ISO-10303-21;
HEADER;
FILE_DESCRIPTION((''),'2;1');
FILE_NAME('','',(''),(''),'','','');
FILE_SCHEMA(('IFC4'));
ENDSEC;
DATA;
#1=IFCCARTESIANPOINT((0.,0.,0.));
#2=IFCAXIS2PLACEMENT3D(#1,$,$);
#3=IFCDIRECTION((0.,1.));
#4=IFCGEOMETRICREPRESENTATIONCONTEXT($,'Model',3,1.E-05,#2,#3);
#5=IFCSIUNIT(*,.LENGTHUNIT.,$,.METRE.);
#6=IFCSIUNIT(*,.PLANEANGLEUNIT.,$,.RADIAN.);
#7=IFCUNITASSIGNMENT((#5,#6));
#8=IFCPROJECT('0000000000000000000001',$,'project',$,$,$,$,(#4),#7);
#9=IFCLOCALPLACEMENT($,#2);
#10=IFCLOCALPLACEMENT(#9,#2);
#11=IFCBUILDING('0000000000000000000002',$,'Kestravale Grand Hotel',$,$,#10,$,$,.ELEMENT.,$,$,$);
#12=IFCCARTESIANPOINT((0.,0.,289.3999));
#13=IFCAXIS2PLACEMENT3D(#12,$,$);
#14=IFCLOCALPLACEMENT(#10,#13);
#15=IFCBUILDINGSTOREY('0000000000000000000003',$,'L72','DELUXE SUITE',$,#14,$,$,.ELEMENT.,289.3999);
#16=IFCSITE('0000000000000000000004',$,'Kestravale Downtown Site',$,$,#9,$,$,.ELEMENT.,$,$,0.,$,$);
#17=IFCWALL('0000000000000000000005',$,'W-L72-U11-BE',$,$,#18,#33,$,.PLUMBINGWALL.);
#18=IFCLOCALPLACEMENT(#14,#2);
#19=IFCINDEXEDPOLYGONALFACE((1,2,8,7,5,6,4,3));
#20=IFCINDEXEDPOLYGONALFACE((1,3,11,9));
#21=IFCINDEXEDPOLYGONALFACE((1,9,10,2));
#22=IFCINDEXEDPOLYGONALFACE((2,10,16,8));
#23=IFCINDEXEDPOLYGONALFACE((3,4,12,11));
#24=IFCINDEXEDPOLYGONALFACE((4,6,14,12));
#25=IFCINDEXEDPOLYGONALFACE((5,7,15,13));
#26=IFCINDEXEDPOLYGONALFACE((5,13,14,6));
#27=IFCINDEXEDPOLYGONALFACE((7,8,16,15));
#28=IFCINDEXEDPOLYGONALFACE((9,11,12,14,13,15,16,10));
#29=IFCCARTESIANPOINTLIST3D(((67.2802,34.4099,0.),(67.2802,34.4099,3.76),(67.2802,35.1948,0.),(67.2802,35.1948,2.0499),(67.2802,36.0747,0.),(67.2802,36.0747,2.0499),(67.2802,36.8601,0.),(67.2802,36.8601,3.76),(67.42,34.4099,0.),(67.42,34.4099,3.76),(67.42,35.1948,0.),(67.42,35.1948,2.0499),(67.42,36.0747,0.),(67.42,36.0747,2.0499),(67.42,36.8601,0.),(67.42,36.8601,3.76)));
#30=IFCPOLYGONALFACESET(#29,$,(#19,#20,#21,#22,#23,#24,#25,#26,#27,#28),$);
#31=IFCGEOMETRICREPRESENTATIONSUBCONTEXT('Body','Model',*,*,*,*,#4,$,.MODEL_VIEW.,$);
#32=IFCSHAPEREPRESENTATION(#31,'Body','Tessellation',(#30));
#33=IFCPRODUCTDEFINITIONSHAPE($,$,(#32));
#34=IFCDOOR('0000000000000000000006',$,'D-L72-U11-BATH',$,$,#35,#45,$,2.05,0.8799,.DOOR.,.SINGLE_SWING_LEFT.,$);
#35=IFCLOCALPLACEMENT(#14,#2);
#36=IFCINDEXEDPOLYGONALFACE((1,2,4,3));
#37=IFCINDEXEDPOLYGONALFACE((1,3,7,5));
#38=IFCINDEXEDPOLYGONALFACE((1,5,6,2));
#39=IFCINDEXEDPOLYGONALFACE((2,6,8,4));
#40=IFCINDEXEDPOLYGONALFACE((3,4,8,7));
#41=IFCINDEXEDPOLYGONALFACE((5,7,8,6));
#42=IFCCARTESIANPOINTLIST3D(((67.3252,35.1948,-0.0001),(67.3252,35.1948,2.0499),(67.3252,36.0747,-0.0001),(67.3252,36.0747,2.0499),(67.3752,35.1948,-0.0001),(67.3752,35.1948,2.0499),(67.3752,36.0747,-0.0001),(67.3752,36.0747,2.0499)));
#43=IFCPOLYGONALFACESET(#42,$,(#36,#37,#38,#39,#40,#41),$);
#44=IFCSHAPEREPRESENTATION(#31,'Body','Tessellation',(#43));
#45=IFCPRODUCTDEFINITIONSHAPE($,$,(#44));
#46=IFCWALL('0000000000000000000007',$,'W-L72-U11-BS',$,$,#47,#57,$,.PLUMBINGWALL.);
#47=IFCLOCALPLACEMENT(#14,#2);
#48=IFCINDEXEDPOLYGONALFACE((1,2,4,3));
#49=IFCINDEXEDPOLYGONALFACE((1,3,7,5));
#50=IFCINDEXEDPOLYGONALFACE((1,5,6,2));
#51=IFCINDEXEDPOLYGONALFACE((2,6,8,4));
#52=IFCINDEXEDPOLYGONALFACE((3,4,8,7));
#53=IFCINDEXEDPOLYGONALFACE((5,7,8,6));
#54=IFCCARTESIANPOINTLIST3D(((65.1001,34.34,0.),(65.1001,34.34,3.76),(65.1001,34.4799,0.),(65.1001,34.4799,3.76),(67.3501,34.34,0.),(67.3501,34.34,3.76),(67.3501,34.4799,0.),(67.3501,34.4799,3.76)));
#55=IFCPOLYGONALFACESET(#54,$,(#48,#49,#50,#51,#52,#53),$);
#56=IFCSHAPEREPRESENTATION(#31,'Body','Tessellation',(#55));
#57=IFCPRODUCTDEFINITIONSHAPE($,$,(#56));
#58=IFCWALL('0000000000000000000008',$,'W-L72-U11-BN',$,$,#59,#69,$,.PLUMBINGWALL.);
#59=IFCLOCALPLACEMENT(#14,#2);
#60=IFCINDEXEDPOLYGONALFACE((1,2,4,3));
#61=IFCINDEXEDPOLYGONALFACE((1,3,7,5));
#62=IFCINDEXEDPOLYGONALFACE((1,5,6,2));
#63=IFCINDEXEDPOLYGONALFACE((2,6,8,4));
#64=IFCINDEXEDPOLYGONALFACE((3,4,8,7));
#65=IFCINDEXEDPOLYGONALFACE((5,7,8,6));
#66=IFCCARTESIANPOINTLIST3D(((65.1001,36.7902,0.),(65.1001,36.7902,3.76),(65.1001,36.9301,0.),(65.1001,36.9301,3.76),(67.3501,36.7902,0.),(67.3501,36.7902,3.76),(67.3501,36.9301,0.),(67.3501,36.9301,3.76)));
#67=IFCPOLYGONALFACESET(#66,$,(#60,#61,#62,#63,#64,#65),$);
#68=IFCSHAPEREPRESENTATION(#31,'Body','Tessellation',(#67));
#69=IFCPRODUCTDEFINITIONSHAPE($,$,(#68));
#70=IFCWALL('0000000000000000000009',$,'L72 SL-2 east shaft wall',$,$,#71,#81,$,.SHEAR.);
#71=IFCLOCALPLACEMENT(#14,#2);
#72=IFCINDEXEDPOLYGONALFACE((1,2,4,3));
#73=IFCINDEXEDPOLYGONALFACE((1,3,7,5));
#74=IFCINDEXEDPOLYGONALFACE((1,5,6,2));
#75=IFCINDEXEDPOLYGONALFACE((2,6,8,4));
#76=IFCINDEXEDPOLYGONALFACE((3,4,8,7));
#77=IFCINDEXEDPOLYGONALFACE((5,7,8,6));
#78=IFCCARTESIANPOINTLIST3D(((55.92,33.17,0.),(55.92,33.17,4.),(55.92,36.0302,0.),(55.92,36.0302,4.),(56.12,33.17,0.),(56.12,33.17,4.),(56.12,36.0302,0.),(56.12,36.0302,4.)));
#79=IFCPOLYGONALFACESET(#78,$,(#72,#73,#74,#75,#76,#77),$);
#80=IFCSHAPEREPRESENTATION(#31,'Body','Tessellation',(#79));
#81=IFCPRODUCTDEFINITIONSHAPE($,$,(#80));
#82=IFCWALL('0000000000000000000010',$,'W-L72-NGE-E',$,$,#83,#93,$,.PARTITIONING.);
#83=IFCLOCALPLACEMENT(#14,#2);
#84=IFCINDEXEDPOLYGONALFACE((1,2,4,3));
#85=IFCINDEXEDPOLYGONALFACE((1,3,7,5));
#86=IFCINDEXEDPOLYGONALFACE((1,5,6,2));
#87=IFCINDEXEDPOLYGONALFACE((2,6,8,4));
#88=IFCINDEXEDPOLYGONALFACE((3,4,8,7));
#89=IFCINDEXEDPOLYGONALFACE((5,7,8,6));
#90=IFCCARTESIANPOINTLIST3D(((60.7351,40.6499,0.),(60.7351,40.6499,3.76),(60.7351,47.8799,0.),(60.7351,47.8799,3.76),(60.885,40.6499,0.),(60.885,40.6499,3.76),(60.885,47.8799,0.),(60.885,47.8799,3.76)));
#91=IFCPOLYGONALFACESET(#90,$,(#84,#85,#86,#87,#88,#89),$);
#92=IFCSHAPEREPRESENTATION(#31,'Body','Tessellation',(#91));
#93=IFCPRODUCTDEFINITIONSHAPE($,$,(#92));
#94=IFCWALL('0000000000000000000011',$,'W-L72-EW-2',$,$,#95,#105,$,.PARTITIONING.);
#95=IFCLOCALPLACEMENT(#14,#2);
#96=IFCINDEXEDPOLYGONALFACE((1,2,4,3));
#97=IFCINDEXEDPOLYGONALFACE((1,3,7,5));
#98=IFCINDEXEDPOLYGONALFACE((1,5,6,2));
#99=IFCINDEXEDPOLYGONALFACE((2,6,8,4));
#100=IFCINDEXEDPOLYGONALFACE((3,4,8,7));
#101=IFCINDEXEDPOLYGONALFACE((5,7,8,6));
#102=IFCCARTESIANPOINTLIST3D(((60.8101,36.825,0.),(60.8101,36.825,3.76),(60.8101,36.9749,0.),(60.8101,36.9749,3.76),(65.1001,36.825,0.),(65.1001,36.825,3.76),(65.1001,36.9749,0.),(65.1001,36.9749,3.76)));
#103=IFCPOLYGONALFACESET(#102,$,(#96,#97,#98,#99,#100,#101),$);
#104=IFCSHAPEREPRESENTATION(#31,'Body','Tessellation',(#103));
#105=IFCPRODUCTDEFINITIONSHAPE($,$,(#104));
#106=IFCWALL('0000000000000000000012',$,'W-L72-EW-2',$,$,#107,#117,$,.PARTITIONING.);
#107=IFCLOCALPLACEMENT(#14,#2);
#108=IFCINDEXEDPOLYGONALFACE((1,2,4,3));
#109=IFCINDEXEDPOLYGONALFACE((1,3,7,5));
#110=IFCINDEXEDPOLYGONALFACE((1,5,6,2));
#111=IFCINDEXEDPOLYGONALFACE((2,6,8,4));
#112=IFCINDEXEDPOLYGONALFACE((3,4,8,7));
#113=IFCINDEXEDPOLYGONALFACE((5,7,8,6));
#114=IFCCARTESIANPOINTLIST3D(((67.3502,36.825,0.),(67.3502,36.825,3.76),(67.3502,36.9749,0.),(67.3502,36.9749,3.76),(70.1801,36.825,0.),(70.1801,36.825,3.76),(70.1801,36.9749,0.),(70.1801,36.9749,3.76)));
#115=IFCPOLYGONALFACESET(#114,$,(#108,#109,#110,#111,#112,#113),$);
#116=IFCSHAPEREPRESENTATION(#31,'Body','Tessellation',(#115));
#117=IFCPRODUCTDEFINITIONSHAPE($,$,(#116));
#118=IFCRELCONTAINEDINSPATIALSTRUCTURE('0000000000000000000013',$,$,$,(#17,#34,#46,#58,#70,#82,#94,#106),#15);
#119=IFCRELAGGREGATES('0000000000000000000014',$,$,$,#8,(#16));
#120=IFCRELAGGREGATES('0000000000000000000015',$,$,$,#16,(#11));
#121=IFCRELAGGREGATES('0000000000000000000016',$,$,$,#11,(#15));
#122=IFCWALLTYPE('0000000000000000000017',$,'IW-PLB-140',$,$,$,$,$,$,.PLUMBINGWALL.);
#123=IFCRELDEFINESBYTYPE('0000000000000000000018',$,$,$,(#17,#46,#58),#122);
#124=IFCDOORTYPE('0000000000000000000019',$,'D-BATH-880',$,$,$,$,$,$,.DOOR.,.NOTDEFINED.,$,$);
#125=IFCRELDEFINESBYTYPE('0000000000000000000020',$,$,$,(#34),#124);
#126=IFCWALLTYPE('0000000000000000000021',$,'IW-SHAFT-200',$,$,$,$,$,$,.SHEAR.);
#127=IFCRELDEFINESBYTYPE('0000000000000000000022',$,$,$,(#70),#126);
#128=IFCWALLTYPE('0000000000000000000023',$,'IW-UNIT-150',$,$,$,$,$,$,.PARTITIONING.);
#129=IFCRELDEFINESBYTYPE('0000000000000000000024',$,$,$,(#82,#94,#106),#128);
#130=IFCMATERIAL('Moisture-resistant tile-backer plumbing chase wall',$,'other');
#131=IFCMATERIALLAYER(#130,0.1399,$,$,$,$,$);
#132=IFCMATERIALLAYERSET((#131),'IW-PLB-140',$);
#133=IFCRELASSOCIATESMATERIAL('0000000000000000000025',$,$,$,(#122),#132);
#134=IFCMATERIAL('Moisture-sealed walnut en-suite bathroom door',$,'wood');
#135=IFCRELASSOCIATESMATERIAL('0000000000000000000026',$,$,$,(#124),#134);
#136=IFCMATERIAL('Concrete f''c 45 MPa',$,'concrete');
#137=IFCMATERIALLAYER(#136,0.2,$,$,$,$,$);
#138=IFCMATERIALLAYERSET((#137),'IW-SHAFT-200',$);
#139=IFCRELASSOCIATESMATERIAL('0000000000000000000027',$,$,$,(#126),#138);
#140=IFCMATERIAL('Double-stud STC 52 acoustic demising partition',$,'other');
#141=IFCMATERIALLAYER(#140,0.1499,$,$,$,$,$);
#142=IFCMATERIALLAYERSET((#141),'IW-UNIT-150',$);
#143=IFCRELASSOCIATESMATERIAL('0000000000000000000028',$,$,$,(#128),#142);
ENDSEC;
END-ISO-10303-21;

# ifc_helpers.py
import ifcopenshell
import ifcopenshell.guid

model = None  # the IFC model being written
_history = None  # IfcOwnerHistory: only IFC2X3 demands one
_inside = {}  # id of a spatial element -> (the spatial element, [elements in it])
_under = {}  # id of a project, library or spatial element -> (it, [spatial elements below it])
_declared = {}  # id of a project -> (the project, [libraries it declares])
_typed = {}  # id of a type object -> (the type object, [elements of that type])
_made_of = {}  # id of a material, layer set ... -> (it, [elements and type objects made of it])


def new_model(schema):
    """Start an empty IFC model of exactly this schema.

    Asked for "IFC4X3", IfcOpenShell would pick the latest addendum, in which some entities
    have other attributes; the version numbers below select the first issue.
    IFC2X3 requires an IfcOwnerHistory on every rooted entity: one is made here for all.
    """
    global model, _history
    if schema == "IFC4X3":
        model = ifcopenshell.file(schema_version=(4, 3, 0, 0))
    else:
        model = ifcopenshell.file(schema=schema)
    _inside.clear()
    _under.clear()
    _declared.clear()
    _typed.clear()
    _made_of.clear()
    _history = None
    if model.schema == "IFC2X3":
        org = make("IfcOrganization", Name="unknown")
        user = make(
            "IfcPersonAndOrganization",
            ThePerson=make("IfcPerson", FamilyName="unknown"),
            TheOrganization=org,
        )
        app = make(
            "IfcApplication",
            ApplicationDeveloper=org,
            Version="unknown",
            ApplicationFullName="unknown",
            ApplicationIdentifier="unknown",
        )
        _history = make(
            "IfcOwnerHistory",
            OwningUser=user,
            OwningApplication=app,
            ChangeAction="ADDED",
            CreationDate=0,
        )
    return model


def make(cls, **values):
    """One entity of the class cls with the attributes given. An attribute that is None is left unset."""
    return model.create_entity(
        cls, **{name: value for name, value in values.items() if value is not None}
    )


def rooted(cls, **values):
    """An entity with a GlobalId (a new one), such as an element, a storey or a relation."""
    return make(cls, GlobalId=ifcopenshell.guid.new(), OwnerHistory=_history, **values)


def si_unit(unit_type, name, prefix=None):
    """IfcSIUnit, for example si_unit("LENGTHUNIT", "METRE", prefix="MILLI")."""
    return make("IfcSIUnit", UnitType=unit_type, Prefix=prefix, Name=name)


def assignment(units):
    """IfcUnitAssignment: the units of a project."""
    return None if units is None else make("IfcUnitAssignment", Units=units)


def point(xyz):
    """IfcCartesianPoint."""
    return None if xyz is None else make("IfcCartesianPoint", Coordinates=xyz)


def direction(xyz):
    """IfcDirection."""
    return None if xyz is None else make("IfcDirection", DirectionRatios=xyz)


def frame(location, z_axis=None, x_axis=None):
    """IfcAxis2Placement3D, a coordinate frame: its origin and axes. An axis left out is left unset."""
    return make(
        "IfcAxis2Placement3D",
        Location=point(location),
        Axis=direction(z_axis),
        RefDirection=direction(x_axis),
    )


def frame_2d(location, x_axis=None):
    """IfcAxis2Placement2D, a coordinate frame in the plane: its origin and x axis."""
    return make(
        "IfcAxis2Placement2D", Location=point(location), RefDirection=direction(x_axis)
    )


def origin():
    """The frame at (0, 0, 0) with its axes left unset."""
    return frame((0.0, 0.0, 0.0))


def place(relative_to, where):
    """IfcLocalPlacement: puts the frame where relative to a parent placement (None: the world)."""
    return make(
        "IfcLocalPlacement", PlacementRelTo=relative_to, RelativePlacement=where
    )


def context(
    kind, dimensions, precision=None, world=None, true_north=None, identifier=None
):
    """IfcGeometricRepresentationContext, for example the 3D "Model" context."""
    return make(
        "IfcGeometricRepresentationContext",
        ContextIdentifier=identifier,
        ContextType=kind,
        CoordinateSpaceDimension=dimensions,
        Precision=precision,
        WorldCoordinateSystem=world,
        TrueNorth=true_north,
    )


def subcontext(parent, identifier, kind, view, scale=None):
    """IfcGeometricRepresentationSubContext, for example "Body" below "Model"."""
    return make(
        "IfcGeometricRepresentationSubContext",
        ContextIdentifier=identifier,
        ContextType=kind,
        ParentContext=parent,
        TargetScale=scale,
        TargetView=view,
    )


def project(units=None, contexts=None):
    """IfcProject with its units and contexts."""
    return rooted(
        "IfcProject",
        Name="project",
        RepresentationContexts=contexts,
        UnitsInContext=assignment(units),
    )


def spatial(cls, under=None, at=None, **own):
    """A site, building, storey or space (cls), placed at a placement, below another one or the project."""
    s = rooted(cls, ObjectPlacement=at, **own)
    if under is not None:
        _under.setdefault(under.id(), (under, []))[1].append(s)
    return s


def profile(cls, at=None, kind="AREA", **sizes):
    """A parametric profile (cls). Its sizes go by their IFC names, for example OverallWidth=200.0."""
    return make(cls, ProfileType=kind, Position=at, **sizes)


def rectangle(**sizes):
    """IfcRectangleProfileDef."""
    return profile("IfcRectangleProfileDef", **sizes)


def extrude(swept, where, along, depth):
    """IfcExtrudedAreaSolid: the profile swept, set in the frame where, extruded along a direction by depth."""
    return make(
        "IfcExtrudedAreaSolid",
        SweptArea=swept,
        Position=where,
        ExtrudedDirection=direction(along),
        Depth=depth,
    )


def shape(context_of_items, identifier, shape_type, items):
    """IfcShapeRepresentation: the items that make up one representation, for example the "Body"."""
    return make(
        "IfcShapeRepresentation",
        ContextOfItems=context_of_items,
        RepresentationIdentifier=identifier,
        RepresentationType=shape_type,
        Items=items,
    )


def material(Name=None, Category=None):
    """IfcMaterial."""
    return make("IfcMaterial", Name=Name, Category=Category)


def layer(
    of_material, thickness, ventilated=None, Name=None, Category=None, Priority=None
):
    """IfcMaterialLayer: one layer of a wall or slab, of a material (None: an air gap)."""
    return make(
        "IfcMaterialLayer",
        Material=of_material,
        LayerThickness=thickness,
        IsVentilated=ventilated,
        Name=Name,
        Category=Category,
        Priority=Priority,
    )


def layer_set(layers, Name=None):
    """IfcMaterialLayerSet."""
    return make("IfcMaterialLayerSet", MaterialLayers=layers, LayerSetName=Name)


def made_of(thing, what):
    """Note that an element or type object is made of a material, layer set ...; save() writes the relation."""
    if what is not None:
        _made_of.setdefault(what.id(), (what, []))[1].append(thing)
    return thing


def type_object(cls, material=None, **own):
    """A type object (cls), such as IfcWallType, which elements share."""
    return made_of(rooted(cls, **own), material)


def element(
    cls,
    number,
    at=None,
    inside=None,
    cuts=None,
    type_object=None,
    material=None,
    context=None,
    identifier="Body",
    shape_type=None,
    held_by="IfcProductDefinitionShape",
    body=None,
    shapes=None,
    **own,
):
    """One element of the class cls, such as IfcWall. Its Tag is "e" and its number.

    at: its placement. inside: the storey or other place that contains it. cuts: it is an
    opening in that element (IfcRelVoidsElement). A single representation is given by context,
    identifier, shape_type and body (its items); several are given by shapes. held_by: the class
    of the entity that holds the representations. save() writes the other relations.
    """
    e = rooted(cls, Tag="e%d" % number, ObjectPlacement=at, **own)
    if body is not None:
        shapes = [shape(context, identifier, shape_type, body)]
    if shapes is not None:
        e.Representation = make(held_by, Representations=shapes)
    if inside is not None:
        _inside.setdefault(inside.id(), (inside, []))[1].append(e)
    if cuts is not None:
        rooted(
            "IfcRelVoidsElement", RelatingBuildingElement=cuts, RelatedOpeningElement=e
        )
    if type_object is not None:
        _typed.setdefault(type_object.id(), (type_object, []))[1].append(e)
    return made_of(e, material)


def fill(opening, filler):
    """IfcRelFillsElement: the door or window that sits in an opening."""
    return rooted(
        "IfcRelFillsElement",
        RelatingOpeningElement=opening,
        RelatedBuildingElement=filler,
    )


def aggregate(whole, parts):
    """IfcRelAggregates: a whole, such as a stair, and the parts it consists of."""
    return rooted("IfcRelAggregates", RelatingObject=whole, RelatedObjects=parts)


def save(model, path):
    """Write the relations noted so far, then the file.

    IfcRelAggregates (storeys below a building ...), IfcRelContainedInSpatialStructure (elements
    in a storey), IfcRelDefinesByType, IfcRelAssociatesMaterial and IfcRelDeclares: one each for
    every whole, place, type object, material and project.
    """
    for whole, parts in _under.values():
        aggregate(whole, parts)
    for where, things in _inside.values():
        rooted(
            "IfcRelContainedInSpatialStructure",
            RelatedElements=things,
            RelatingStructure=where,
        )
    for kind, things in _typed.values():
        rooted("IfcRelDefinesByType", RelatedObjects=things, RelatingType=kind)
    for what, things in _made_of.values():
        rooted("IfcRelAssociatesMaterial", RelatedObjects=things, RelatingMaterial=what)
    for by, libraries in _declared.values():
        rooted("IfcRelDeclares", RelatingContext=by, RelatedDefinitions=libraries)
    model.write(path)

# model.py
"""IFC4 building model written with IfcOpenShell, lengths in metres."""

from ifc_helpers import new_model, si_unit, direction, frame, frame_2d, origin, place, context, subcontext, project, spatial, rectangle, extrude, material, layer, layer_set, type_object, element, fill, save


model = new_model("IFC4")

# Units and contexts
model_context = context("Model", 3, precision=1e-05, world=origin(), true_north=direction((0.0, 1.0)))
body_context = subcontext(model_context, "Body", "Model", "MODEL_VIEW")
ifc_project = project(units=[si_unit("LENGTHUNIT", "METRE"), si_unit("PLANEANGLEUNIT", "RADIAN")], contexts=[model_context])

# Site, building, storey
site_placement = place(None, origin())
site = spatial("IfcSite", under=ifc_project, at=site_placement, Name="Kestravale Downtown Site", CompositionType="ELEMENT", RefElevation=0.0)
building_placement = place(site_placement, origin())
building = spatial("IfcBuilding", under=site, at=building_placement, Name="Kestravale Grand Hotel", CompositionType="ELEMENT")
storey_placement = place(building_placement, frame((0.0, 0.0, 289.3999)))
storey = spatial("IfcBuildingStorey", under=building, at=storey_placement, Name="L72", Description="DELUXE SUITE", CompositionType="ELEMENT", Elevation=289.3999)

# Shared definitions
ifc_material_1 = material(Name="Moisture-resistant tile-backer plumbing chase wall", Category="other")
ifc_layer_1 = layer(ifc_material_1, 0.1399)
ifc_layer_set_1 = layer_set([ifc_layer_1], Name="IW-PLB-140")
wall_type_1 = type_object("IfcWallType", Name="IW-PLB-140", PredefinedType="PLUMBINGWALL", material=ifc_layer_set_1)

# Wall, opening, door
wall_1_placement = place(storey_placement, frame((67.3501, 34.4099, 0.0), z_axis=(0.0, 0.0, 1.0), x_axis=(0.0, 1.0, 0.0)))
wall_1 = element("IfcWall", 1, at=wall_1_placement, inside=storey, type_object=wall_type_1, Name="W-L72-U11-BE", PredefinedType="PLUMBINGWALL", context=body_context, shape_type="SweptSolid", body=[
    extrude(rectangle(XDim=2.4502, YDim=0.1399, at=frame_2d((1.2251, 0.0))), origin(), (0.0, 0.0, 1.0), 3.76),
])
opening_1_placement = place(wall_1_placement, frame((0.7849, 0.0, 0.0)))
opening_1 = element("IfcOpeningElement", 2, at=opening_1_placement, cuts=wall_1, PredefinedType="OPENING", context=body_context, shape_type="SweptSolid", body=[
    extrude(rectangle(XDim=0.8799, YDim=2.05, at=frame_2d((0.4399, 1.0249))), frame((0.0, 0.0798, 0.0), z_axis=(0.0, -1.0, 0.0), x_axis=(1.0, 0.0, 0.0)), (0.0, 0.0, 1.0), 0.1599),
])
ifc_material_2 = material(Name="Moisture-sealed walnut en-suite bathroom door", Category="wood")
door_type_1 = type_object("IfcDoorType", Name="D-BATH-880", OperationType="NOTDEFINED", PredefinedType="DOOR", material=ifc_material_2)
door_1_placement = place(opening_1_placement, origin())
door_1 = element("IfcDoor", 3, at=door_1_placement, inside=storey, type_object=door_type_1, Name="D-L72-U11-BATH", OperationType="SINGLE_SWING_LEFT", OverallHeight=2.05, OverallWidth=0.8799, PredefinedType="DOOR", context=body_context, shape_type="SweptSolid", body=[
    extrude(rectangle(XDim=0.8799, YDim=2.05, at=frame_2d((0.4399, 1.0249))), frame((0.0, 0.0249, 0.0), z_axis=(0.0, -1.0, 0.0), x_axis=(1.0, 0.0, 0.0)), (0.0, 0.0, 1.0), 0.05),
])
fill(opening_1, door_1)

# Walls
for number, where, z_axis, x_axis, name in (
    (4, (65.1001, 34.4099, 0.0), (0.0, 0.0, 1.0), (1.0, 0.0, 0.0), "W-L72-U11-BS"),
    (5, (65.1001, 36.8601, 0.0), (0.0, 0.0, 1.0), (1.0, 0.0, 0.0), "W-L72-U11-BN"),
):
    element("IfcWall", number, at=place(storey_placement, frame(where, z_axis=z_axis, x_axis=x_axis)), inside=storey, type_object=wall_type_1, Name=name, PredefinedType="PLUMBINGWALL", context=body_context, shape_type="SweptSolid", body=[
        extrude(rectangle(XDim=2.25, YDim=0.1399, at=frame_2d((1.125, 0.0))), origin(), (0.0, 0.0, 1.0), 3.76),
    ])
ifc_material_3 = material(Name="Concrete f'c 45 MPa", Category="concrete")
ifc_layer_2 = layer(ifc_material_3, 0.2)
ifc_layer_set_2 = layer_set([ifc_layer_2], Name="IW-SHAFT-200")
wall_type_2 = type_object("IfcWallType", Name="IW-SHAFT-200", PredefinedType="SHEAR", material=ifc_layer_set_2)
wall_2_placement = place(storey_placement, frame((56.02, 33.1699, 0.0), z_axis=(0.0, 0.0, 1.0), x_axis=(0.0, 1.0, 0.0)))
element("IfcWall", 6, at=wall_2_placement, inside=storey, type_object=wall_type_2, Name="L72 SL-2 east shaft wall", PredefinedType="SHEAR", context=body_context, shape_type="SweptSolid", body=[
    extrude(rectangle(XDim=2.8601, YDim=0.2, at=frame_2d((1.4302, 0.0))), origin(), (0.0, 0.0, 1.0), 4.0),
])

# Shared definitions
ifc_material_4 = material(Name="Double-stud STC 52 acoustic demising partition", Category="other")
ifc_layer_3 = layer(ifc_material_4, 0.1499)
ifc_layer_set_3 = layer_set([ifc_layer_3], Name="IW-UNIT-150")
wall_type_3 = type_object("IfcWallType", Name="IW-UNIT-150", PredefinedType="PARTITIONING", material=ifc_layer_set_3)

# Walls
wall_3_placement = place(storey_placement, frame((60.8101, 40.6499, 0.0), z_axis=(0.0, 0.0, 1.0), x_axis=(0.0, 1.0, 0.0)))
element("IfcWall", 7, at=wall_3_placement, inside=storey, type_object=wall_type_3, Name="W-L72-NGE-E", PredefinedType="PARTITIONING", context=body_context, shape_type="SweptSolid", body=[
    extrude(rectangle(XDim=7.23, YDim=0.1499, at=frame_2d((3.615, 0.0))), origin(), (0.0, 0.0, 1.0), 3.76),
])
wall_4_placement = place(storey_placement, frame((60.8101, 36.8999, 0.0), z_axis=(0.0, 0.0, 1.0), x_axis=(1.0, 0.0, 0.0)))
element("IfcWall", 8, at=wall_4_placement, inside=storey, type_object=wall_type_3, Name="W-L72-EW-2", PredefinedType="PARTITIONING", context=body_context, shape_type="SweptSolid", body=[
    extrude(rectangle(XDim=4.29, YDim=0.1499, at=frame_2d((2.145, 0.0))), origin(), (0.0, 0.0, 1.0), 3.76),
])
wall_5_placement = place(storey_placement, frame((67.3501, 36.8999, 0.0), z_axis=(0.0, 0.0, 1.0), x_axis=(1.0, 0.0, 0.0)))
element("IfcWall", 9, at=wall_5_placement, inside=storey, type_object=wall_type_3, Name="W-L72-EW-2", PredefinedType="PARTITIONING", context=body_context, shape_type="SweptSolid", body=[
    extrude(rectangle(XDim=2.8298, YDim=0.1499, at=frame_2d((1.415, 0.0))), origin(), (0.0, 0.0, 1.0), 3.76),
])

save(model, "model.ifc")
